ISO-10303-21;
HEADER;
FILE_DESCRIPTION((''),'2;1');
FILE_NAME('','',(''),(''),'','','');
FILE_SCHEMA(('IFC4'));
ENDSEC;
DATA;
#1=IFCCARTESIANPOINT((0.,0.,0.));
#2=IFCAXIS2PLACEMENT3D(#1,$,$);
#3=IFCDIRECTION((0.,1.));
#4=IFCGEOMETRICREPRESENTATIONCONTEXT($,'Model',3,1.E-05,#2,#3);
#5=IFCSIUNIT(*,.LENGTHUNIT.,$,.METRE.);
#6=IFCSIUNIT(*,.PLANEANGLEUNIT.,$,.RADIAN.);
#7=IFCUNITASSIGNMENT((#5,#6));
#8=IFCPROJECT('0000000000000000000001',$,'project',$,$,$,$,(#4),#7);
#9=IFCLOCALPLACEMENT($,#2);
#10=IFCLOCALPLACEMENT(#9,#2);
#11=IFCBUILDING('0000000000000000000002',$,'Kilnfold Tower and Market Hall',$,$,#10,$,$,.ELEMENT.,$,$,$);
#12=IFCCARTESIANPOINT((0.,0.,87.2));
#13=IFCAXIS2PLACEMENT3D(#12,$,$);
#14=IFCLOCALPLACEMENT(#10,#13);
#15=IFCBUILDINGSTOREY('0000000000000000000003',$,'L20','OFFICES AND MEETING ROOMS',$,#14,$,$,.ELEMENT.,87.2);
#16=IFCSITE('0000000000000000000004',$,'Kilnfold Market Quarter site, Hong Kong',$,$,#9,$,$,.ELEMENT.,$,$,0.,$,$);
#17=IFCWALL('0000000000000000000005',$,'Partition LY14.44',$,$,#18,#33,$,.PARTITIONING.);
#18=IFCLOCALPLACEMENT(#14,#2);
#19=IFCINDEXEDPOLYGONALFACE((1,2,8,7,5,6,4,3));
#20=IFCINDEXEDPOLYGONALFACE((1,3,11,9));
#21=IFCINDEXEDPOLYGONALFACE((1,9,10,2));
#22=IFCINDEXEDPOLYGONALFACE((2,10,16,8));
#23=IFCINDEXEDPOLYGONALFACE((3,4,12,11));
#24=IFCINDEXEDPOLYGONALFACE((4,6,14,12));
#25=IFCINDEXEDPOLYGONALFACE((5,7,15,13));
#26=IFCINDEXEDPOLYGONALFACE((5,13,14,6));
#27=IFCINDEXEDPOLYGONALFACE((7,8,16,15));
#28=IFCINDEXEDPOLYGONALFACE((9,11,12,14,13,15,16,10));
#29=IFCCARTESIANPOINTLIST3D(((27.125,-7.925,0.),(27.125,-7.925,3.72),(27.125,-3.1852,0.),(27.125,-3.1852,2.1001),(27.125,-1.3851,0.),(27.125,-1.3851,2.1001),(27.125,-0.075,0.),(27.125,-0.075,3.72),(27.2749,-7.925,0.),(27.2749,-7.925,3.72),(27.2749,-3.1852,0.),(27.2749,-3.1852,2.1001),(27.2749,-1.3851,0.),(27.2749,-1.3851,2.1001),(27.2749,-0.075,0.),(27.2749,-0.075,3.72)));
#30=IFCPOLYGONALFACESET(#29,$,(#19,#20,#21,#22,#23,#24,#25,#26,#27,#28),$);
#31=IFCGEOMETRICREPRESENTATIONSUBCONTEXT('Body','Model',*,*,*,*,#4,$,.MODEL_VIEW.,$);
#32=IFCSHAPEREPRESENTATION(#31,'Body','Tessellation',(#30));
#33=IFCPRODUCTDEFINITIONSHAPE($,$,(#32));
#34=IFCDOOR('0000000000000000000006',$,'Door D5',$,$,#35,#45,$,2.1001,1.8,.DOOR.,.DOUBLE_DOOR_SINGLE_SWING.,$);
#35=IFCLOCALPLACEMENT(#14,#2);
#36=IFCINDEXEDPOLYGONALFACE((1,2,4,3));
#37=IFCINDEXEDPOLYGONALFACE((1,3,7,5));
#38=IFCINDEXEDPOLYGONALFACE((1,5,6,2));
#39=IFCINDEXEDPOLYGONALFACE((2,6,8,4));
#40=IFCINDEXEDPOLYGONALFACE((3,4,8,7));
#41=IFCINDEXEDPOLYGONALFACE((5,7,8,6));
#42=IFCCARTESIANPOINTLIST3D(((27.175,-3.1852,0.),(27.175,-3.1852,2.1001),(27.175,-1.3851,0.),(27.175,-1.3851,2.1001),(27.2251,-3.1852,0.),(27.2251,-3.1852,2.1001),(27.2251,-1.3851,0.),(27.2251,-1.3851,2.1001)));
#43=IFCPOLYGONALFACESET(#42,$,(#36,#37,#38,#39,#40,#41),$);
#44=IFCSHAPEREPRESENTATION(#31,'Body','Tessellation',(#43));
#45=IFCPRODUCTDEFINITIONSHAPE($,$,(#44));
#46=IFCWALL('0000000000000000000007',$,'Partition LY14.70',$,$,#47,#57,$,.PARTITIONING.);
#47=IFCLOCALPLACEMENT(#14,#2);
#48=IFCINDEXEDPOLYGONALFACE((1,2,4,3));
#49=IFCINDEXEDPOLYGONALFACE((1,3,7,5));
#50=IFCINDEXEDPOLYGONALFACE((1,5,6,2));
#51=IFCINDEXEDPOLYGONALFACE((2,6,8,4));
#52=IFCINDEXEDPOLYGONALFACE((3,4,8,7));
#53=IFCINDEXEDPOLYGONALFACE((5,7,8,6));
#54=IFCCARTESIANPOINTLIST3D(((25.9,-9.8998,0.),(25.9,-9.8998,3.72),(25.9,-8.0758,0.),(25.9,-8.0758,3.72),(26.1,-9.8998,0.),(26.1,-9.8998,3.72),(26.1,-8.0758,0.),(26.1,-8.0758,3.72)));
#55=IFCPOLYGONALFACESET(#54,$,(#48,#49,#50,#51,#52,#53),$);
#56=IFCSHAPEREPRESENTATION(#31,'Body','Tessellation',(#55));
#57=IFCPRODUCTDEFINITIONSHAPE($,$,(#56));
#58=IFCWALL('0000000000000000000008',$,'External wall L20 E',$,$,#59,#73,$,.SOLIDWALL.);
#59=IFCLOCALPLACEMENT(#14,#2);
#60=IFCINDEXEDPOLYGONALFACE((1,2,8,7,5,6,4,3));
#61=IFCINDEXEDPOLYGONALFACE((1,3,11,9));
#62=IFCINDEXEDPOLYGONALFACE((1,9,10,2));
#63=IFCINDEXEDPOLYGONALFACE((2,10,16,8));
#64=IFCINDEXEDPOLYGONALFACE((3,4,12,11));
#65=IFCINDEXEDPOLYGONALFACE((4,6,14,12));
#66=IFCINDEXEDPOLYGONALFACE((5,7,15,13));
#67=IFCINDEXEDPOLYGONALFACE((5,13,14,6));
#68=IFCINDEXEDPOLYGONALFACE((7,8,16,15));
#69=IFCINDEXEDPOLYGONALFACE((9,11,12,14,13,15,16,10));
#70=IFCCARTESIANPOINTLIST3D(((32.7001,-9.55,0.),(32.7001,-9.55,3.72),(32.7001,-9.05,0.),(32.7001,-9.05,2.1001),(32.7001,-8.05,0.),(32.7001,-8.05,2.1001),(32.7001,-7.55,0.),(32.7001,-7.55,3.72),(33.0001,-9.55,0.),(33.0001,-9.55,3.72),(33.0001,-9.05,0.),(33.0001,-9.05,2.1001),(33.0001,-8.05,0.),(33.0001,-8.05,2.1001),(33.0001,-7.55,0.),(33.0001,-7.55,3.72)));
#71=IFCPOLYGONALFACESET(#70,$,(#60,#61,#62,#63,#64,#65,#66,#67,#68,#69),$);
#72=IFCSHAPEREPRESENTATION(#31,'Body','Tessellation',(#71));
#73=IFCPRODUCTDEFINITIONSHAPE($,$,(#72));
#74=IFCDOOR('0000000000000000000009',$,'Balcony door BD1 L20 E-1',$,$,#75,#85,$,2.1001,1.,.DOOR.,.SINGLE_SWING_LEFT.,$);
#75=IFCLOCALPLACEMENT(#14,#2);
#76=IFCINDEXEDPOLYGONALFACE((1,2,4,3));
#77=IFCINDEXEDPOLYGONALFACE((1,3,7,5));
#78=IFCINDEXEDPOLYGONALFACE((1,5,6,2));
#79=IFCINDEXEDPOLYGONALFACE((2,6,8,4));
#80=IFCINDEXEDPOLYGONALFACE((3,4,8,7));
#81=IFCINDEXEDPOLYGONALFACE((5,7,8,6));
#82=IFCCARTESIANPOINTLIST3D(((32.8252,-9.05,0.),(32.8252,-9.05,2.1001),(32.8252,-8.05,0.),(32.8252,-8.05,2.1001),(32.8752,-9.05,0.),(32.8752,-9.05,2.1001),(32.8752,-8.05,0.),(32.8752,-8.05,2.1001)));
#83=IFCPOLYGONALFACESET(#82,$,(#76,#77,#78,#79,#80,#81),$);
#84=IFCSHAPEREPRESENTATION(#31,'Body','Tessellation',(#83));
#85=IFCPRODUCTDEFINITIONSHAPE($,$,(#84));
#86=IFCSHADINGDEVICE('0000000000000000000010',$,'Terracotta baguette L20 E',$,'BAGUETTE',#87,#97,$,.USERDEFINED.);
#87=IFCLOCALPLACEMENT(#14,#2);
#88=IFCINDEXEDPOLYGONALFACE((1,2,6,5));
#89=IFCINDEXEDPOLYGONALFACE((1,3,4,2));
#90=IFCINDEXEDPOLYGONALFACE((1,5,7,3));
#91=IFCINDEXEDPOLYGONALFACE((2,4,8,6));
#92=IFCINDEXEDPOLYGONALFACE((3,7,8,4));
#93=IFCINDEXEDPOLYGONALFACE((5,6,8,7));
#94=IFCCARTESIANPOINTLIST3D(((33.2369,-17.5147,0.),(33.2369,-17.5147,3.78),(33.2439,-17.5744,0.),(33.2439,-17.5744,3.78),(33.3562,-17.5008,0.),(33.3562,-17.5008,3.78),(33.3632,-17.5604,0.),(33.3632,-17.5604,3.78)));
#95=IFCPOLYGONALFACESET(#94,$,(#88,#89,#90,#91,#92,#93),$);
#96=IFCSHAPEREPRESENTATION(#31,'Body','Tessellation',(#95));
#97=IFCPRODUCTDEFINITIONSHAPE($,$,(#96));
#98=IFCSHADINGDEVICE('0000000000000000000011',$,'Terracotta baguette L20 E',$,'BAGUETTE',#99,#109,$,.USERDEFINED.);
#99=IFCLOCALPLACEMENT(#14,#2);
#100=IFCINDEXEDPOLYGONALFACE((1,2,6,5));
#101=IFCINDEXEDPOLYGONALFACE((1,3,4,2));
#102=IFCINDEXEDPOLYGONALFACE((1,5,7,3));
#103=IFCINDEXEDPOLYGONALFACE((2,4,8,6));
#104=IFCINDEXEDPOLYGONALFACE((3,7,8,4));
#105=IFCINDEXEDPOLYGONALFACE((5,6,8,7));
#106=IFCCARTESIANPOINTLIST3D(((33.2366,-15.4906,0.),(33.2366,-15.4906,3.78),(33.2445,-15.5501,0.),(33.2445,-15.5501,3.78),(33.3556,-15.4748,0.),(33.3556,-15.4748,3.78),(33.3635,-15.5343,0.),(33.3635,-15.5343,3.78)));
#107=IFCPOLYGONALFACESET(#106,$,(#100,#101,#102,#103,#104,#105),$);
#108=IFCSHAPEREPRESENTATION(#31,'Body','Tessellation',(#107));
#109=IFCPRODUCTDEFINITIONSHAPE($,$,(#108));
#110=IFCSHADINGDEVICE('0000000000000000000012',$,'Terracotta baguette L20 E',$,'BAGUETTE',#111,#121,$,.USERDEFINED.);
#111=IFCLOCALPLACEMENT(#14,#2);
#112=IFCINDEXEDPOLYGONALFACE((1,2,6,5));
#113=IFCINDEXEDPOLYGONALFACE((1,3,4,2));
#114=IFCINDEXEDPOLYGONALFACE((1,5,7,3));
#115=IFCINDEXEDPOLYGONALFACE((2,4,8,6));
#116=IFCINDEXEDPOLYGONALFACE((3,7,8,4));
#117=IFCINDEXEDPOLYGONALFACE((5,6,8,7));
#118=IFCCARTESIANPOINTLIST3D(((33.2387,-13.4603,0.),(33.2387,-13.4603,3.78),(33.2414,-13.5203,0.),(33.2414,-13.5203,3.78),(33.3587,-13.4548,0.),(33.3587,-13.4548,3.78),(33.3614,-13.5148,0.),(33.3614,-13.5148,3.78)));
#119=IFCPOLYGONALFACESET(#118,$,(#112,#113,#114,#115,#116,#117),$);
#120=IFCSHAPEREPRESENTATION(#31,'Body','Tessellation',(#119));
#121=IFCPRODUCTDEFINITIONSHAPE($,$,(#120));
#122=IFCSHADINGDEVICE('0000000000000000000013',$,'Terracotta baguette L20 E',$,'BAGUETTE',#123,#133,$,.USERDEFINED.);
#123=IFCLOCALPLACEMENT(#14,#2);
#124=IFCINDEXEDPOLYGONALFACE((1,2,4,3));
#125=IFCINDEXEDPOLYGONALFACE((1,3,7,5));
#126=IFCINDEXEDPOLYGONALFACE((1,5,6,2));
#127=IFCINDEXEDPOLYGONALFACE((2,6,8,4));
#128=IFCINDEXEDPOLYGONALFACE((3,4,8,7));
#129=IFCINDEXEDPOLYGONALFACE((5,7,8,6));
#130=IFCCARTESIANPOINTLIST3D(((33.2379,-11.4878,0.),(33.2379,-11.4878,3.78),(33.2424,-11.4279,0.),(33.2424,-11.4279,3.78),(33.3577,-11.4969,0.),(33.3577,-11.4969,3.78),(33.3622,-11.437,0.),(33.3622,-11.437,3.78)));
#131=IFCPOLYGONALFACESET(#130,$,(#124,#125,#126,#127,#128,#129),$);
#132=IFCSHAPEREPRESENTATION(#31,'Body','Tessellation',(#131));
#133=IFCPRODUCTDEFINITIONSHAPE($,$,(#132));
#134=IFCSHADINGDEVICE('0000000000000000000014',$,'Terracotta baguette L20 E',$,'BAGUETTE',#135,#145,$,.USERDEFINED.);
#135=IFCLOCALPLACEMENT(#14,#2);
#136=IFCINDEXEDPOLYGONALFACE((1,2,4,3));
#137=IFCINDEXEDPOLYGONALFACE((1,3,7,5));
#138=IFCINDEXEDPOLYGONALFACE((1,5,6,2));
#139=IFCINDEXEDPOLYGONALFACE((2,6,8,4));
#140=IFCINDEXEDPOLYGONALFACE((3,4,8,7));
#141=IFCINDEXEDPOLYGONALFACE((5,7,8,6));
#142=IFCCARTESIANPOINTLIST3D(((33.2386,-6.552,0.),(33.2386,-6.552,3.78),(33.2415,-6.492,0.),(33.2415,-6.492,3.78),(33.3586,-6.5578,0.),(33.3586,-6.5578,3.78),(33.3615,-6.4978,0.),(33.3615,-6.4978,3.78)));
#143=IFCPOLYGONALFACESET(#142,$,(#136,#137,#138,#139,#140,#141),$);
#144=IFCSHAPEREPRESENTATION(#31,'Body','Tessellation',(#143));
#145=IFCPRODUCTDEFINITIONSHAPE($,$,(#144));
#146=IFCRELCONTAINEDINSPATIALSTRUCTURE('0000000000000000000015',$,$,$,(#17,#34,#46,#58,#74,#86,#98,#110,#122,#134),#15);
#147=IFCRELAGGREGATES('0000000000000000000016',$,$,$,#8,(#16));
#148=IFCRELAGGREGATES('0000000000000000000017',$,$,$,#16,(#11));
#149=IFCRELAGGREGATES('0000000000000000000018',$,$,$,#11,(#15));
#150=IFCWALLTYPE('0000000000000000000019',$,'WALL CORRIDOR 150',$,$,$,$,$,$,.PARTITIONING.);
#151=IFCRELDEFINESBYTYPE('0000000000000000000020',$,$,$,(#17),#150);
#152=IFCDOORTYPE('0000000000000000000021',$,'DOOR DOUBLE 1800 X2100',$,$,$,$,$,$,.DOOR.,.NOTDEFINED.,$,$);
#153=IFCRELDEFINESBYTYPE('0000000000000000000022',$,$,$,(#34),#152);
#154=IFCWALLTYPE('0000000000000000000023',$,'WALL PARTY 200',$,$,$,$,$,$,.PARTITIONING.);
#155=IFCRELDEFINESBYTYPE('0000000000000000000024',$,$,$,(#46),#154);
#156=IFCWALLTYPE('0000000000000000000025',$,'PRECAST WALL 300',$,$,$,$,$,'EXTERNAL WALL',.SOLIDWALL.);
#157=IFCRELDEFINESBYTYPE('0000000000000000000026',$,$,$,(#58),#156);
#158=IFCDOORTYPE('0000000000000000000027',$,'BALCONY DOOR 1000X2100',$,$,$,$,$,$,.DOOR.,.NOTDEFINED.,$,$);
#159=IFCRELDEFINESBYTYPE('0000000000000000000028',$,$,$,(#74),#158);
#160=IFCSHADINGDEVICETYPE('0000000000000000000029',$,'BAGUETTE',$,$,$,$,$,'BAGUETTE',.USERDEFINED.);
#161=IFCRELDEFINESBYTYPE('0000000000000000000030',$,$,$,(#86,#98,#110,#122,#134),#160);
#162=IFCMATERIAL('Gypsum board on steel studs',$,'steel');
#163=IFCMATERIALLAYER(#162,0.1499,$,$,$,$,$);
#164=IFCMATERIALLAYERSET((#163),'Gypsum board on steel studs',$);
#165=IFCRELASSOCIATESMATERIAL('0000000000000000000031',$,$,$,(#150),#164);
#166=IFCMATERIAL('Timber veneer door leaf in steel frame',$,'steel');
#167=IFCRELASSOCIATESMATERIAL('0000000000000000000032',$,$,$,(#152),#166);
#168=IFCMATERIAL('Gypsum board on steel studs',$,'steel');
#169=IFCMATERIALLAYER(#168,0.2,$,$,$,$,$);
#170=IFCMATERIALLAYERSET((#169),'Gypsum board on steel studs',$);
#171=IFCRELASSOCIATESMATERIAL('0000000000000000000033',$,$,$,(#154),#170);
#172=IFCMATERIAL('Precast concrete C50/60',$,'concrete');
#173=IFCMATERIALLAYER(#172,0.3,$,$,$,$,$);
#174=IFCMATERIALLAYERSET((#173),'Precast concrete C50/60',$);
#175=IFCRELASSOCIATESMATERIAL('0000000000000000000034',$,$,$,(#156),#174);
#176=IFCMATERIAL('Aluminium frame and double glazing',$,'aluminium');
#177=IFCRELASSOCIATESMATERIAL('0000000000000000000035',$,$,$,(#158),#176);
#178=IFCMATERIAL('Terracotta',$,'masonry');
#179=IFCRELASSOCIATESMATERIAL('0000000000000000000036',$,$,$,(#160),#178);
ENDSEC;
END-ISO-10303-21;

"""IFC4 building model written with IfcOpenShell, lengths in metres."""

from ifc_helpers import new_model, si_unit, direction, frame, frame_2d, origin, origin_2d, place, context, subcontext, project, spatial, rectangle, extrude, source, transform, mapped, material, layer, layer_set, material_profile, profile_set, type_object, element, fill, save


model = new_model("IFC4")

# Units and contexts
model_context = context("Model", 3, precision=1e-05, world=origin(), true_north=direction((0.0, 1.0)))
body_context = subcontext(model_context, "Body", "Model", "MODEL_VIEW")
ifc_project = project(units=[si_unit("LENGTHUNIT", "METRE"), si_unit("PLANEANGLEUNIT", "RADIAN")], contexts=[model_context])

# Site, building, storey
site_placement = place(None, origin())
site = spatial("IfcSite", under=ifc_project, at=site_placement, Name="Kilnfold Market Quarter site, Hong Kong", CompositionType="ELEMENT", RefElevation=0.0)
building_placement = place(site_placement, origin())
building = spatial("IfcBuilding", under=site, at=building_placement, Name="Kilnfold Tower and Market Hall", CompositionType="ELEMENT")
storey_placement = place(building_placement, frame((0.0, 0.0, 87.2)))
storey = spatial("IfcBuildingStorey", under=building, at=storey_placement, Name="L20", Description="OFFICES AND MEETING ROOMS", CompositionType="ELEMENT", Elevation=87.2)

# Shared definitions
ifc_material_1 = material(Name="Gypsum board on steel studs", Category="steel")
ifc_layer_1 = layer(ifc_material_1, 0.1499)
ifc_layer_set_1 = layer_set([ifc_layer_1], Name="Gypsum board on steel studs")
wall_type_1 = type_object("IfcWallType", Name="WALL CORRIDOR 150", PredefinedType="PARTITIONING", material=ifc_layer_set_1)

# Wall, opening, door
wall_1_placement = place(storey_placement, frame((27.2, -7.925, 0.0), z_axis=(0.0, 0.0, 1.0), x_axis=(0.0, 1.0, 0.0)))
wall_1 = element("IfcWall", 1, at=wall_1_placement, inside=storey, type_object=wall_type_1, Name="Partition LY14.44", PredefinedType="PARTITIONING", context=body_context, shape_type="SweptSolid", body=[
    extrude(rectangle(XDim=7.8501, YDim=0.1499, at=frame_2d((3.925, 0.0))), origin(), (0.0, 0.0, 1.0), 3.72),
])
opening_1_placement = place(wall_1_placement, frame((4.74, 0.0, 0.0)))
opening_1 = element("IfcOpeningElement", 2, at=opening_1_placement, cuts=wall_1, PredefinedType="OPENING", context=body_context, shape_type="SweptSolid", body=[
    extrude(rectangle(XDim=1.8, YDim=2.1001, at=frame_2d((0.8999, 1.05))), frame((0.0, 0.085, 0.0), z_axis=(0.0, -1.0, 0.0), x_axis=(1.0, 0.0, 0.0)), (0.0, 0.0, 1.0), 0.1699),
])
ifc_material_2 = material(Name="Timber veneer door leaf in steel frame", Category="steel")
door_type_1 = type_object("IfcDoorType", Name="DOOR DOUBLE 1800 X2100", OperationType="NOTDEFINED", PredefinedType="DOOR", material=ifc_material_2)
door_1_placement = place(opening_1_placement, origin())
door_1 = element("IfcDoor", 3, at=door_1_placement, inside=storey, type_object=door_type_1, Name="Door D5", OperationType="DOUBLE_DOOR_SINGLE_SWING", OverallHeight=2.1001, OverallWidth=1.8, PredefinedType="DOOR", context=body_context, shape_type="SweptSolid", body=[
    extrude(rectangle(XDim=1.8, YDim=2.1001, at=frame_2d((0.8999, 1.05))), frame((0.0, 0.0249, 0.0), z_axis=(0.0, -1.0, 0.0), x_axis=(1.0, 0.0, 0.0)), (0.0, 0.0, 1.0), 0.05),
])
fill(opening_1, door_1)

# Wall
ifc_material_3 = material(Name="Gypsum board on steel studs", Category="steel")
ifc_layer_2 = layer(ifc_material_3, 0.2)
ifc_layer_set_2 = layer_set([ifc_layer_2], Name="Gypsum board on steel studs")
wall_type_2 = type_object("IfcWallType", Name="WALL PARTY 200", PredefinedType="PARTITIONING", material=ifc_layer_set_2)
wall_2_placement = place(storey_placement, frame((26.0, -9.8999, 0.0), z_axis=(0.0, 0.0, 1.0), x_axis=(0.0, 1.0, 0.0)))
element("IfcWall", 4, at=wall_2_placement, inside=storey, type_object=wall_type_2, Name="Partition LY14.70", PredefinedType="PARTITIONING", context=body_context, shape_type="SweptSolid", body=[
    extrude(rectangle(XDim=1.824, YDim=0.2, at=frame_2d((0.9121, 0.0))), origin(), (0.0, 0.0, 1.0), 3.72),
])

# Wall, opening, door
ifc_material_4 = material(Name="Precast concrete C50/60", Category="concrete")
ifc_layer_3 = layer(ifc_material_4, 0.3)
ifc_layer_set_3 = layer_set([ifc_layer_3], Name="Precast concrete C50/60")
wall_type_3 = type_object("IfcWallType", Name="PRECAST WALL 300", ElementType="EXTERNAL WALL", PredefinedType="SOLIDWALL", material=ifc_layer_set_3)
shared_shape_1 = source(origin(), body_context, "Body", "SweptSolid", [
    extrude(rectangle(XDim=2.0, YDim=0.3, at=frame_2d((1.0, 0.0))), origin(), (0.0, 0.0, 1.0), 3.72),
])
wall_3_placement = place(storey_placement, frame((32.8501, -9.55, 0.0), z_axis=(0.0, 0.0, 1.0), x_axis=(0.0, 1.0, 0.0)))
wall_3 = element("IfcWall", 5, at=wall_3_placement, inside=storey, type_object=wall_type_3, Name="External wall L20 E", PredefinedType="SOLIDWALL", context=body_context, shape_type="MappedRepresentation", body=[
    mapped(shared_shape_1, transform((0.0, 0.0, 0.0))),
])
opening_2_placement = place(wall_3_placement, frame((0.5, 0.0, 0.0)))
opening_2 = element("IfcOpeningElement", 6, at=opening_2_placement, cuts=wall_3, PredefinedType="OPENING", context=body_context, shape_type="SweptSolid", body=[
    extrude(rectangle(XDim=1.0, YDim=2.1001, at=frame_2d((0.5, 1.05))), frame((0.0, 0.1602, 0.0), z_axis=(0.0, -1.0, 0.0), x_axis=(1.0, 0.0, 0.0)), (0.0, 0.0, 1.0), 0.3201),
])
ifc_material_5 = material(Name="Aluminium frame and double glazing", Category="aluminium")
door_type_2 = type_object("IfcDoorType", Name="BALCONY DOOR 1000X2100", OperationType="NOTDEFINED", PredefinedType="DOOR", material=ifc_material_5)
door_2_placement = place(opening_2_placement, origin())
door_2 = element("IfcDoor", 7, at=door_2_placement, inside=storey, type_object=door_type_2, Name="Balcony door BD1 L20 E-1", OperationType="SINGLE_SWING_LEFT", OverallHeight=2.1001, OverallWidth=1.0, PredefinedType="DOOR", context=body_context, shape_type="SweptSolid", body=[
    extrude(rectangle(XDim=1.0, YDim=2.1001, at=frame_2d((0.5, 1.05))), frame((0.0, 0.0249, 0.0), z_axis=(0.0, -1.0, 0.0), x_axis=(1.0, 0.0, 0.0)), (0.0, 0.0, 1.0), 0.05),
])
fill(opening_2, door_2)

# Shading devices
ifc_material_6 = material(Name="Terracotta", Category="masonry")
ifc_material_profile_1 = material_profile(ifc_material_6, rectangle(XDim=0.0601, YDim=0.1201, at=origin_2d()), Name="BAG 60x120")
ifc_profile_set_1 = profile_set([ifc_material_profile_1], Name="Terracotta")
shading_device_type = type_object("IfcShadingDeviceType", Name="BAGUETTE", ElementType="BAGUETTE", PredefinedType="USERDEFINED", material=ifc_profile_set_1)
shared_shape_2 = source(origin(), body_context, "Body", "SweptSolid", [
    extrude(rectangle(XDim=0.0601, YDim=0.1201, at=origin_2d()), origin(), (0.0, 0.0, 1.0), 3.78),
])
for number, where, z_axis, x_axis, name in (
    (8, (33.3, -17.5376, 0.0), (0.0, 0.0, 1.0), (-0.116137, 0.993233, 0.0), "Terracotta baguette L20 E"),
    (9, (33.3, -15.5125, 0.0), (0.0, 0.0, 1.0), (-0.131988, 0.991251, 0.0), "Terracotta baguette L20 E"),
    (10, (33.3, -13.4875, 0.0), (0.0, 0.0, 1.0), (-0.04632, 0.998927, 0.0), "Terracotta baguette L20 E"),
    (11, (33.3, -11.4624, 0.0), (0.0, 0.0, 1.0), (0.075339, 0.997158, 0.0), "Terracotta baguette L20 E"),
    (12, (33.3, -6.5249, 0.0), (0.0, 0.0, 1.0), (0.048529, 0.998822, 0.0), "Terracotta baguette L20 E"),
):
    element("IfcShadingDevice", number, at=place(storey_placement, frame(where, z_axis=z_axis, x_axis=x_axis)), inside=storey, type_object=shading_device_type, Name=name, ObjectType="BAGUETTE", PredefinedType="USERDEFINED", context=body_context, shape_type="MappedRepresentation", body=[
        mapped(shared_shape_2, transform((0.0, 0.0, 0.0))),
    ])

save(model, "model.ifc")
